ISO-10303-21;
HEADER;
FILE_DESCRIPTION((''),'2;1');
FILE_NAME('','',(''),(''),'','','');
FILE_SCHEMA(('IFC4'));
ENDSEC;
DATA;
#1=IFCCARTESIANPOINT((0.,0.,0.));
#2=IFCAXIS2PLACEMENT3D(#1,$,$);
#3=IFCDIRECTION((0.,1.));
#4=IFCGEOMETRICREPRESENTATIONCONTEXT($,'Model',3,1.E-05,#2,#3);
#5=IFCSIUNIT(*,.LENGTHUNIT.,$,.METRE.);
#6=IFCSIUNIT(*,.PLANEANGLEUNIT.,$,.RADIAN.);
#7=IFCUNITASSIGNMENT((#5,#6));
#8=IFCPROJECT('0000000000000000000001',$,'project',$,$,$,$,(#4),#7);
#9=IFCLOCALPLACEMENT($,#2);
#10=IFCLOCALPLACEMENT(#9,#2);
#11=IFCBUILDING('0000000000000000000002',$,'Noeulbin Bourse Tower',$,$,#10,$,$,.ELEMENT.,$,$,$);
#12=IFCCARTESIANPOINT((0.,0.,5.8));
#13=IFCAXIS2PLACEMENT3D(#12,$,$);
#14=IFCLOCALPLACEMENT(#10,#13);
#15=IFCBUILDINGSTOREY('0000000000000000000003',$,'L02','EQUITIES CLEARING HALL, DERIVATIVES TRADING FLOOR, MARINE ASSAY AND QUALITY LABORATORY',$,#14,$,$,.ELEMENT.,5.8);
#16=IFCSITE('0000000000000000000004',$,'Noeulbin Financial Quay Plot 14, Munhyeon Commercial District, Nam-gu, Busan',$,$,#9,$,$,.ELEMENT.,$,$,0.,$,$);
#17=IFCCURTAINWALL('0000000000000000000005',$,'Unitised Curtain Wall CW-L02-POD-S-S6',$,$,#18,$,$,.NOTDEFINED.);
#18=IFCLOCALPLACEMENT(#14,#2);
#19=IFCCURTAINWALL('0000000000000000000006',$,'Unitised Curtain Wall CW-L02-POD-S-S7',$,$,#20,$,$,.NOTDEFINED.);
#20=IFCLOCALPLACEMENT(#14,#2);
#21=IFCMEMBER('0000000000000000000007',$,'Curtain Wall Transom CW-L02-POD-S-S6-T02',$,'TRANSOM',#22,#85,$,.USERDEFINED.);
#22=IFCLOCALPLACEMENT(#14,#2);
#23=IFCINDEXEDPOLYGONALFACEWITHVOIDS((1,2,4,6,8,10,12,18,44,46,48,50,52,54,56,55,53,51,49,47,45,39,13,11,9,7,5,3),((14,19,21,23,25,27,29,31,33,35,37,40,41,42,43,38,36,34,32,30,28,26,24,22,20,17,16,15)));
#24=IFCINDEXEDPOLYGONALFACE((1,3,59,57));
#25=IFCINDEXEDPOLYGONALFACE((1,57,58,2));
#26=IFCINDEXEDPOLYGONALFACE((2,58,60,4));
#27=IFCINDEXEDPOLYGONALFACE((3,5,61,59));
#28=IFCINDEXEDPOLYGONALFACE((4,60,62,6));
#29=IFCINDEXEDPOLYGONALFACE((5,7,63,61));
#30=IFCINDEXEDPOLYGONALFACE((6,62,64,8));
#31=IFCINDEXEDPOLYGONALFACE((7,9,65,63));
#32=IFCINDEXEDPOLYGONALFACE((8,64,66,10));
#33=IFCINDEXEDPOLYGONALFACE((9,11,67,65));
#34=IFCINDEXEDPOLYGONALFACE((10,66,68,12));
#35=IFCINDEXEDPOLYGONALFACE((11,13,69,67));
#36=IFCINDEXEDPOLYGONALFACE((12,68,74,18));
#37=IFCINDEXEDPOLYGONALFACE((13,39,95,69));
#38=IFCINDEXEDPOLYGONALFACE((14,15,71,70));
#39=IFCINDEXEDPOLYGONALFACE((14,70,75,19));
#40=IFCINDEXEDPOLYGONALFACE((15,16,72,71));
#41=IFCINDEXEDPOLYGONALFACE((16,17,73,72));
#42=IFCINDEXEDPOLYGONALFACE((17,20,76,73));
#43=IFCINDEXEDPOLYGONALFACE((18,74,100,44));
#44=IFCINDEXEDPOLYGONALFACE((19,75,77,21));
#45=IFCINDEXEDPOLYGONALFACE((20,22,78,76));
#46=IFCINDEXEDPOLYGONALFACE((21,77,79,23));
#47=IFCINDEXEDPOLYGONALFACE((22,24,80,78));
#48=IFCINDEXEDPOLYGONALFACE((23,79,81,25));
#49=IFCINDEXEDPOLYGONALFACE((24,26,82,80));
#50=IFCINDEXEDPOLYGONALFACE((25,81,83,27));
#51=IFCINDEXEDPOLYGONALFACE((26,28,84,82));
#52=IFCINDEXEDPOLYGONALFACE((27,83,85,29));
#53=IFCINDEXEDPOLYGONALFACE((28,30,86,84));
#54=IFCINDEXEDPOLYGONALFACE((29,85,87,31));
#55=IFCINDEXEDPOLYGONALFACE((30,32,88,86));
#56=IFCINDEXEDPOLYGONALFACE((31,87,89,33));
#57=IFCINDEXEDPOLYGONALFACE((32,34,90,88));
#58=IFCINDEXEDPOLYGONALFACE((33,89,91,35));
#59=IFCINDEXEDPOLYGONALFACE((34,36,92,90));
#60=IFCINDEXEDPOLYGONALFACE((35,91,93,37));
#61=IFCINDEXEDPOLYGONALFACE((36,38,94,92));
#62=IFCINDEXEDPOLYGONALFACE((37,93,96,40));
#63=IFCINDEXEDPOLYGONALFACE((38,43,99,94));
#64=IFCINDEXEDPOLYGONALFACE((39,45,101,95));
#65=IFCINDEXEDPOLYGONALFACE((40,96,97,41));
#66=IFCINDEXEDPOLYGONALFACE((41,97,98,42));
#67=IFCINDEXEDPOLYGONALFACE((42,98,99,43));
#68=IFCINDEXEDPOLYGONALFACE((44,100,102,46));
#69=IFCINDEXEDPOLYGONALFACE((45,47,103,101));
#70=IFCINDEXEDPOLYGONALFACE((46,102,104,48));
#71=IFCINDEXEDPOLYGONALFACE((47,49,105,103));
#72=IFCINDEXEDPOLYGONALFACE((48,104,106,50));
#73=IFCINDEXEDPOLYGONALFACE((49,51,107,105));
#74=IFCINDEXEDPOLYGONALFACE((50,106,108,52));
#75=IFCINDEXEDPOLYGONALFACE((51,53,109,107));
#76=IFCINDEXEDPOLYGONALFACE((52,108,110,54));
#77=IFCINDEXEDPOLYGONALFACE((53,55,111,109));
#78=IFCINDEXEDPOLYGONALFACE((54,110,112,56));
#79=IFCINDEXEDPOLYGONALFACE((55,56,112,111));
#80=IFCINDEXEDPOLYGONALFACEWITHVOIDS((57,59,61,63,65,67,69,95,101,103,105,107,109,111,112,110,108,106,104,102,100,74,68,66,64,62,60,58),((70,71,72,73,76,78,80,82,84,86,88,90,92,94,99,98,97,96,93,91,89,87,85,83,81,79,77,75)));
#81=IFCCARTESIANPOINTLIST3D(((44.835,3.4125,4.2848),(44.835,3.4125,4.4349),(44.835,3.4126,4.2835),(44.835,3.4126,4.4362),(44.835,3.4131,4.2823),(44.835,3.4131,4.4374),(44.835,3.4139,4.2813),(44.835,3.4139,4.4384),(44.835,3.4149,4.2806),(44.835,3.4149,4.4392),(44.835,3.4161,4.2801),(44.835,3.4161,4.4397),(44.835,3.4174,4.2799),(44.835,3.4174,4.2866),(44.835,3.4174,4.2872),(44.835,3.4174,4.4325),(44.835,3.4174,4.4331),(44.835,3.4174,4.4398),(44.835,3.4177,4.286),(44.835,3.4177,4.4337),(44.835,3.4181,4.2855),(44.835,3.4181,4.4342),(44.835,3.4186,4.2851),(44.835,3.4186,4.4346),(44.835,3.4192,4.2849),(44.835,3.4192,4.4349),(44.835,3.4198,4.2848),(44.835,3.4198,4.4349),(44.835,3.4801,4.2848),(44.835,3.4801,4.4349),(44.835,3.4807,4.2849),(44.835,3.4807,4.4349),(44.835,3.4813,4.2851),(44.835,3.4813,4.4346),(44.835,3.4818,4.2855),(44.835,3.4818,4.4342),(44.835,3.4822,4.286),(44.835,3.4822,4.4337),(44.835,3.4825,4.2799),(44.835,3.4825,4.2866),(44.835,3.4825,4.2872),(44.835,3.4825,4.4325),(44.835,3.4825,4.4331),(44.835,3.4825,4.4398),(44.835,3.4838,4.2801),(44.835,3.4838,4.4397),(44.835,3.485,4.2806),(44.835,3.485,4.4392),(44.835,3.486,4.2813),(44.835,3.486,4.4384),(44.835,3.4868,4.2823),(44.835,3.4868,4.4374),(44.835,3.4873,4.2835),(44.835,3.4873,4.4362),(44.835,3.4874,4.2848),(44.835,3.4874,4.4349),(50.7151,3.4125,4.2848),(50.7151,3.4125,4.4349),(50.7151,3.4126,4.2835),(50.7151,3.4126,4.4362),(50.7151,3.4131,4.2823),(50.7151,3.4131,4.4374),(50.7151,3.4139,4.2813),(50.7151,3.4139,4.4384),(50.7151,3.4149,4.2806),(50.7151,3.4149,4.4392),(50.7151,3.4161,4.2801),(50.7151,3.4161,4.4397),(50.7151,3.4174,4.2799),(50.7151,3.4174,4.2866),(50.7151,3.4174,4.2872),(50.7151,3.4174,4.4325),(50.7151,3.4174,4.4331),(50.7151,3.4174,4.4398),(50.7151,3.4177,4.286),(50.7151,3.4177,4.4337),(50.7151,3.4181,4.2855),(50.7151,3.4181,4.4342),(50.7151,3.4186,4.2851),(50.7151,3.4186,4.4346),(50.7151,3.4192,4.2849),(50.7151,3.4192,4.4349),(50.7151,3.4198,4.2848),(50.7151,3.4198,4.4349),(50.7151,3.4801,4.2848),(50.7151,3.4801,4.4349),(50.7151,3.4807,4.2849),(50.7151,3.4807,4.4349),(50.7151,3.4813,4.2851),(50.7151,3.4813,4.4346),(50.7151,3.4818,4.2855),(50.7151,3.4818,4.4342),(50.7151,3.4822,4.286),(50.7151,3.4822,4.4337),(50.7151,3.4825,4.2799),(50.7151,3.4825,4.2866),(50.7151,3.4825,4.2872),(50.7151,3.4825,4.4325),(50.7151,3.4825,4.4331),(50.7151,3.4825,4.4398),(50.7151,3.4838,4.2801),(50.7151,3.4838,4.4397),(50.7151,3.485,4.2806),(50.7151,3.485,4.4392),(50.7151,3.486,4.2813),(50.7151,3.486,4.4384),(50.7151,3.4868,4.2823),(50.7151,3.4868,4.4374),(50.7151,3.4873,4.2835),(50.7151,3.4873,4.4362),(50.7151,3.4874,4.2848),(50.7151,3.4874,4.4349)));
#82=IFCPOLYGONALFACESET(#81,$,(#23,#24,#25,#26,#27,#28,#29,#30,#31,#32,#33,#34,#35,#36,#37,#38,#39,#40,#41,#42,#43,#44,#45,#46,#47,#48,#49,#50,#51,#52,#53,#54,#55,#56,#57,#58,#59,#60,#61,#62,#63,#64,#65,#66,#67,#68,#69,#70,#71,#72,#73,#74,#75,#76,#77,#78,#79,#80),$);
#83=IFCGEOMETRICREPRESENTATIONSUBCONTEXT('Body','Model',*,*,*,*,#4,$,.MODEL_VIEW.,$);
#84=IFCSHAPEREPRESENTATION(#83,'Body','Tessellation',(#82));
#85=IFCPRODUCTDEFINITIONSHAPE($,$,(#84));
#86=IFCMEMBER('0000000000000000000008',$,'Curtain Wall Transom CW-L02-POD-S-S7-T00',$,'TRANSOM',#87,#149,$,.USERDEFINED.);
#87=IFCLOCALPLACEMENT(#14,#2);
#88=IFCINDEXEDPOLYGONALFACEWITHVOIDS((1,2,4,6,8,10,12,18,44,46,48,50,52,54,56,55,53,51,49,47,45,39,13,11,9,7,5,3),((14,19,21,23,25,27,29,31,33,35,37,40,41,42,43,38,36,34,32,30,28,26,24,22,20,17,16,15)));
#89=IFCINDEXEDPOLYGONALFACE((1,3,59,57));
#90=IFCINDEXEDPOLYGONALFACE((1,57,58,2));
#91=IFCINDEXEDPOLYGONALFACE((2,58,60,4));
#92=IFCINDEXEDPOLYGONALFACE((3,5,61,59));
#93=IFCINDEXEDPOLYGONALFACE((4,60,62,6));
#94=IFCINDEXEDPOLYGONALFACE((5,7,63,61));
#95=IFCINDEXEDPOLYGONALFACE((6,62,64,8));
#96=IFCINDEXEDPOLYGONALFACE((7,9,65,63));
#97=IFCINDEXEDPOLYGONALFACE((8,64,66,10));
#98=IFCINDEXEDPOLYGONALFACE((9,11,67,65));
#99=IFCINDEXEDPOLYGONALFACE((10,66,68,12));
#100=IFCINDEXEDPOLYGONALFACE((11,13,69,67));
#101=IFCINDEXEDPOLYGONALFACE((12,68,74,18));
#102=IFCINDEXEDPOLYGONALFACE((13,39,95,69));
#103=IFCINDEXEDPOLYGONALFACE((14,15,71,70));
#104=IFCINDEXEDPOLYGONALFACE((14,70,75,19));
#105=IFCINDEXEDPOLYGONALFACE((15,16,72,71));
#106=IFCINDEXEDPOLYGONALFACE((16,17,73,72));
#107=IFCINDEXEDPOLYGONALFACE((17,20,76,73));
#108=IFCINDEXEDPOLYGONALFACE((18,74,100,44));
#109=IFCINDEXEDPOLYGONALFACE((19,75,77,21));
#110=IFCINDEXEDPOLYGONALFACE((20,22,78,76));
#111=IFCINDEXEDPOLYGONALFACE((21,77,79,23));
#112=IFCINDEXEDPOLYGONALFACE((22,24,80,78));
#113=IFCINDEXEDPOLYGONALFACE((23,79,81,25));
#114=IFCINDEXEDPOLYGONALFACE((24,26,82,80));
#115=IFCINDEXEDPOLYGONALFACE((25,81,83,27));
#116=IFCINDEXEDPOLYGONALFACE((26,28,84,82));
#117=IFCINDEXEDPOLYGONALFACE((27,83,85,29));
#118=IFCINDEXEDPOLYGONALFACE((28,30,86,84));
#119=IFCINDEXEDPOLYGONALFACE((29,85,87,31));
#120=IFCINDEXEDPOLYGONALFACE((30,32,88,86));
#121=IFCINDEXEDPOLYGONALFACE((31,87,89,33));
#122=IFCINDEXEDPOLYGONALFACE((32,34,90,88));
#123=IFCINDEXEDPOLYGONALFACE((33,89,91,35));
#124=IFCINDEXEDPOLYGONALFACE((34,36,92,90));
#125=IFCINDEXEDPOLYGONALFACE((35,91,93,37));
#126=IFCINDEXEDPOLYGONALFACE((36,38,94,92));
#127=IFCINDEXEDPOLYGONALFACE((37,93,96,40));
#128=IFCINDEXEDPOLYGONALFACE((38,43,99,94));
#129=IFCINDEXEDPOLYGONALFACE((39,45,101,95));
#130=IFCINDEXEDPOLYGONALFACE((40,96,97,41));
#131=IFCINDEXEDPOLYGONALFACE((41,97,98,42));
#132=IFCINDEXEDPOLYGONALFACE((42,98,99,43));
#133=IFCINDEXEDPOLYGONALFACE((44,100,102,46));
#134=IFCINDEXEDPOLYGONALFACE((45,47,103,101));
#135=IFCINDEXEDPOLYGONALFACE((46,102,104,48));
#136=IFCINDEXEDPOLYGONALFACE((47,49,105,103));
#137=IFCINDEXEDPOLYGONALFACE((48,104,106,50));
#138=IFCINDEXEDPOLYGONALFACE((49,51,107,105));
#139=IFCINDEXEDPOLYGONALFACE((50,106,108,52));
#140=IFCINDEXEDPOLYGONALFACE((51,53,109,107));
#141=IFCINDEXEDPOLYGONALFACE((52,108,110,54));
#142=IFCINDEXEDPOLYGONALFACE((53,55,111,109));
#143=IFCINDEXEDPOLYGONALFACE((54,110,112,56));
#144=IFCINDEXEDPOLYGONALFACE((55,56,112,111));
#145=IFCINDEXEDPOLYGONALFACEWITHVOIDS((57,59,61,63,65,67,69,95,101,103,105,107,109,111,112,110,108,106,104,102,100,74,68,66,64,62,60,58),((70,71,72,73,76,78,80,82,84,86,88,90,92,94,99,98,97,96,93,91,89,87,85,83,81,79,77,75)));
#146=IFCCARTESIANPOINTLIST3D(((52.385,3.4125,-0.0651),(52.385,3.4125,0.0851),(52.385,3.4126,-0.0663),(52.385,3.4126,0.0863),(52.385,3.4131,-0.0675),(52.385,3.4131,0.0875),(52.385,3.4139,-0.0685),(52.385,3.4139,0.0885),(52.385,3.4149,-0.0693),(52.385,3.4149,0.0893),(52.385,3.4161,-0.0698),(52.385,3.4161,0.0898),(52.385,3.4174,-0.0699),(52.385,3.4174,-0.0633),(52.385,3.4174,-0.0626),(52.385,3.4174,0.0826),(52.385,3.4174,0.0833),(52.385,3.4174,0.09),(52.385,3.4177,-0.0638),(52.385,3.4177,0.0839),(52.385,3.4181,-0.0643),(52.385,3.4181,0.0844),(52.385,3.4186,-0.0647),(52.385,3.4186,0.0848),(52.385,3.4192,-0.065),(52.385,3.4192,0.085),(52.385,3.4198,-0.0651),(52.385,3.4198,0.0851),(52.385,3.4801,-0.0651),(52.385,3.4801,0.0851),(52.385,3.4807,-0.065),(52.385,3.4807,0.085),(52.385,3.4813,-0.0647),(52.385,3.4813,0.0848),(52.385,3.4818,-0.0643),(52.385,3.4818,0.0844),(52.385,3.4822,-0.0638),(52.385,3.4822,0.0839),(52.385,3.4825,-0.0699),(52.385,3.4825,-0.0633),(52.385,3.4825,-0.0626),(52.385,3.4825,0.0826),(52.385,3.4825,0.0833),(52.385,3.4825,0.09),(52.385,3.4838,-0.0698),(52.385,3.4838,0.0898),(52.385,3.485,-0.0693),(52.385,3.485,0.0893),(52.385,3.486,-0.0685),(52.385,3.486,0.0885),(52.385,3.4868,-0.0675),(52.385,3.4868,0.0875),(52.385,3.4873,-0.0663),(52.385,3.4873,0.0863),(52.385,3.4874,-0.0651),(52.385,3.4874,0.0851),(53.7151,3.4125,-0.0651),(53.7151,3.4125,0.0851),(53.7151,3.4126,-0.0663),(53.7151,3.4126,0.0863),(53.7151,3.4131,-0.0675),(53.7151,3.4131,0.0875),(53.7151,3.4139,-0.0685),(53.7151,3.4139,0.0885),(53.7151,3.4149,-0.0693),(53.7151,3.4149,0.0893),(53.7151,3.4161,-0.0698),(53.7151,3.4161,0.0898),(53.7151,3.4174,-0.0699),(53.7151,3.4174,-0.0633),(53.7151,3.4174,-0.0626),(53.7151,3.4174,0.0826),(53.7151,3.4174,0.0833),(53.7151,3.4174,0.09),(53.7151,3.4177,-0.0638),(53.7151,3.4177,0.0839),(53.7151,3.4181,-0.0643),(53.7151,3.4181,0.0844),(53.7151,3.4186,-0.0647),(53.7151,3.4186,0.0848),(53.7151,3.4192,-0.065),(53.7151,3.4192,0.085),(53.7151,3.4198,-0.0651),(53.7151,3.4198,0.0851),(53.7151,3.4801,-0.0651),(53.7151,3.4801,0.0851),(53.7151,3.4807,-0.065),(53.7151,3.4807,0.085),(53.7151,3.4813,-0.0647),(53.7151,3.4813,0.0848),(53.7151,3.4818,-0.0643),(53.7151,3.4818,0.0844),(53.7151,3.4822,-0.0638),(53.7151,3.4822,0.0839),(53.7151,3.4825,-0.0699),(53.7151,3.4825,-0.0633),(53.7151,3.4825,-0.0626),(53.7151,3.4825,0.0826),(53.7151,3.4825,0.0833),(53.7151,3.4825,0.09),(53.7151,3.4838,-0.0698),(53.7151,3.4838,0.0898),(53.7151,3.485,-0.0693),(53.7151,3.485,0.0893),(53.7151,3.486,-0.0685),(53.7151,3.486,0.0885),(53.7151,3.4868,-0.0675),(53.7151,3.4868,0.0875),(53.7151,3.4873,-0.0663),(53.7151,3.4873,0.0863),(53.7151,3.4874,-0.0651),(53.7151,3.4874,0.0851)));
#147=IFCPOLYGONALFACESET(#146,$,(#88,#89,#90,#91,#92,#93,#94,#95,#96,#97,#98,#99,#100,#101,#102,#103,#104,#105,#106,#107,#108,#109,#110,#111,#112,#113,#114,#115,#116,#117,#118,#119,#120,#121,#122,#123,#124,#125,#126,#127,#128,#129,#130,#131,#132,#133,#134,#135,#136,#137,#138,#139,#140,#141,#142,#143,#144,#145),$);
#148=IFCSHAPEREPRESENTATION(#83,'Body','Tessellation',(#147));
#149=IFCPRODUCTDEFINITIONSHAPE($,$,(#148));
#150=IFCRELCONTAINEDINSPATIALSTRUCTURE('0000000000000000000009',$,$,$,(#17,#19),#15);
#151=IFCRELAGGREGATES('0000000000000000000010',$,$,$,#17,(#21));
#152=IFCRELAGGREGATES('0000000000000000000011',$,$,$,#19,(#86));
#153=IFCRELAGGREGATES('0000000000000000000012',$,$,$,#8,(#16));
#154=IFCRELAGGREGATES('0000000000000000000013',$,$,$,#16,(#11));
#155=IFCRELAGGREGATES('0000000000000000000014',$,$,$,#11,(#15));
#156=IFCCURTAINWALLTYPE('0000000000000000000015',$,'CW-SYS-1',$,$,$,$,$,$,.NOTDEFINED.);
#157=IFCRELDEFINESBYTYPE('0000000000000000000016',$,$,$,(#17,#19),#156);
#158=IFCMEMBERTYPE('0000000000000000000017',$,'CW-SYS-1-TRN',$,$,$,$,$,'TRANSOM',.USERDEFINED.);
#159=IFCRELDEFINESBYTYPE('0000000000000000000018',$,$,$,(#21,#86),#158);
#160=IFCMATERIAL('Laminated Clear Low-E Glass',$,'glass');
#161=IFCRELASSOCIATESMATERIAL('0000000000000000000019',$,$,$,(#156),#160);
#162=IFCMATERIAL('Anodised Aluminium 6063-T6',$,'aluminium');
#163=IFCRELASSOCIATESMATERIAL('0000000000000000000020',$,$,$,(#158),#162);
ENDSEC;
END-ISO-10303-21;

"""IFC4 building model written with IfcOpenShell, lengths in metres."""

from ifc_helpers import new_model, si_unit, direction, frame, origin, origin_2d, place, context, subcontext, project, spatial, hollow_rectangle, extrude, material, material_profile, profile_set, type_object, element, aggregate, save


model = new_model("IFC4")

# Units and contexts
model_context = context("Model", 3, precision=1e-05, world=origin(), true_north=direction((0.0, 1.0)))
body_context = subcontext(model_context, "Body", "Model", "MODEL_VIEW")
ifc_project = project(units=[si_unit("LENGTHUNIT", "METRE"), si_unit("PLANEANGLEUNIT", "RADIAN")], contexts=[model_context])

# Site, building, storey
site_placement = place(None, origin())
site = spatial("IfcSite", under=ifc_project, at=site_placement, Name="Noeulbin Financial Quay Plot 14, Munhyeon Commercial District, Nam-gu, Busan", CompositionType="ELEMENT", RefElevation=0.0)
building_placement = place(site_placement, origin())
building = spatial("IfcBuilding", under=site, at=building_placement, Name="Noeulbin Bourse Tower", CompositionType="ELEMENT")
storey_placement = place(building_placement, frame((0.0, 0.0, 5.8)))
storey = spatial("IfcBuildingStorey", under=building, at=storey_placement, Name="L02", Description="EQUITIES CLEARING HALL, DERIVATIVES TRADING FLOOR, MARINE ASSAY AND QUALITY LABORATORY", CompositionType="ELEMENT", Elevation=5.8)

# Shared definitions
ifc_material_1 = material(Name="Laminated Clear Low-E Glass", Category="glass")
curtain_wall_type = type_object("IfcCurtainWallType", Name="CW-SYS-1", PredefinedType="NOTDEFINED", material=ifc_material_1)
ifc_material_2 = material(Name="Anodised Aluminium 6063-T6", Category="aluminium")

# Curtain walls
curtain_wall_1_placement = place(storey_placement, origin())
curtain_wall_1 = element("IfcCurtainWall", 1, at=curtain_wall_1_placement, inside=storey, type_object=curtain_wall_type, Name="Unitised Curtain Wall CW-L02-POD-S-S6", PredefinedType="NOTDEFINED")
curtain_wall_2_placement = place(storey_placement, origin())
curtain_wall_2 = element("IfcCurtainWall", 2, at=curtain_wall_2_placement, inside=storey, type_object=curtain_wall_type, Name="Unitised Curtain Wall CW-L02-POD-S-S7", PredefinedType="NOTDEFINED")

# Members
ifc_material_profile_1 = material_profile(ifc_material_2, hollow_rectangle(XDim=0.075, YDim=0.1599, WallThickness=0.0049, InnerFilletRadius=0.0024, OuterFilletRadius=0.0049, at=origin_2d()), Name="ALU-TRAN-75x160x5", Category="LoadBearing")
ifc_profile_set_1 = profile_set([ifc_material_profile_1], Name="Anodised Aluminium 6063-T6")
member_type_1 = type_object("IfcMemberType", Name="CW-SYS-1-TRN", ElementType="TRANSOM", PredefinedType="USERDEFINED", material=ifc_profile_set_1)
member_1_placement = place(storey_placement, frame((44.835, 3.45, 4.3599), z_axis=(1.0, 0.0, 0.0), x_axis=(0.0, 1.0, 0.0)))
member_1 = element("IfcMember", 3, at=member_1_placement, type_object=member_type_1, Name="Curtain Wall Transom CW-L02-POD-S-S6-T02", ObjectType="TRANSOM", PredefinedType="USERDEFINED", context=body_context, shape_type="SweptSolid", body=[
    extrude(hollow_rectangle(XDim=0.075, YDim=0.1599, WallThickness=0.0049, InnerFilletRadius=0.0024, OuterFilletRadius=0.0049, at=origin_2d()), origin(), (0.0, 0.0, 1.0), 5.8801),
])
member_2_placement = place(storey_placement, frame((52.385, 3.45, 0.01), z_axis=(1.0, 0.0, 0.0), x_axis=(0.0, 1.0, 0.0)))
member_2 = element("IfcMember", 4, at=member_2_placement, type_object=member_type_1, Name="Curtain Wall Transom CW-L02-POD-S-S7-T00", ObjectType="TRANSOM", PredefinedType="USERDEFINED", context=body_context, shape_type="SweptSolid", body=[
    extrude(hollow_rectangle(XDim=0.075, YDim=0.1599, WallThickness=0.0049, InnerFilletRadius=0.0024, OuterFilletRadius=0.0049, at=origin_2d()), origin(), (0.0, 0.0, 1.0), 1.3301),
])

aggregate(curtain_wall_1, [member_1])
aggregate(curtain_wall_2, [member_2])

save(model, "model.ifc")
